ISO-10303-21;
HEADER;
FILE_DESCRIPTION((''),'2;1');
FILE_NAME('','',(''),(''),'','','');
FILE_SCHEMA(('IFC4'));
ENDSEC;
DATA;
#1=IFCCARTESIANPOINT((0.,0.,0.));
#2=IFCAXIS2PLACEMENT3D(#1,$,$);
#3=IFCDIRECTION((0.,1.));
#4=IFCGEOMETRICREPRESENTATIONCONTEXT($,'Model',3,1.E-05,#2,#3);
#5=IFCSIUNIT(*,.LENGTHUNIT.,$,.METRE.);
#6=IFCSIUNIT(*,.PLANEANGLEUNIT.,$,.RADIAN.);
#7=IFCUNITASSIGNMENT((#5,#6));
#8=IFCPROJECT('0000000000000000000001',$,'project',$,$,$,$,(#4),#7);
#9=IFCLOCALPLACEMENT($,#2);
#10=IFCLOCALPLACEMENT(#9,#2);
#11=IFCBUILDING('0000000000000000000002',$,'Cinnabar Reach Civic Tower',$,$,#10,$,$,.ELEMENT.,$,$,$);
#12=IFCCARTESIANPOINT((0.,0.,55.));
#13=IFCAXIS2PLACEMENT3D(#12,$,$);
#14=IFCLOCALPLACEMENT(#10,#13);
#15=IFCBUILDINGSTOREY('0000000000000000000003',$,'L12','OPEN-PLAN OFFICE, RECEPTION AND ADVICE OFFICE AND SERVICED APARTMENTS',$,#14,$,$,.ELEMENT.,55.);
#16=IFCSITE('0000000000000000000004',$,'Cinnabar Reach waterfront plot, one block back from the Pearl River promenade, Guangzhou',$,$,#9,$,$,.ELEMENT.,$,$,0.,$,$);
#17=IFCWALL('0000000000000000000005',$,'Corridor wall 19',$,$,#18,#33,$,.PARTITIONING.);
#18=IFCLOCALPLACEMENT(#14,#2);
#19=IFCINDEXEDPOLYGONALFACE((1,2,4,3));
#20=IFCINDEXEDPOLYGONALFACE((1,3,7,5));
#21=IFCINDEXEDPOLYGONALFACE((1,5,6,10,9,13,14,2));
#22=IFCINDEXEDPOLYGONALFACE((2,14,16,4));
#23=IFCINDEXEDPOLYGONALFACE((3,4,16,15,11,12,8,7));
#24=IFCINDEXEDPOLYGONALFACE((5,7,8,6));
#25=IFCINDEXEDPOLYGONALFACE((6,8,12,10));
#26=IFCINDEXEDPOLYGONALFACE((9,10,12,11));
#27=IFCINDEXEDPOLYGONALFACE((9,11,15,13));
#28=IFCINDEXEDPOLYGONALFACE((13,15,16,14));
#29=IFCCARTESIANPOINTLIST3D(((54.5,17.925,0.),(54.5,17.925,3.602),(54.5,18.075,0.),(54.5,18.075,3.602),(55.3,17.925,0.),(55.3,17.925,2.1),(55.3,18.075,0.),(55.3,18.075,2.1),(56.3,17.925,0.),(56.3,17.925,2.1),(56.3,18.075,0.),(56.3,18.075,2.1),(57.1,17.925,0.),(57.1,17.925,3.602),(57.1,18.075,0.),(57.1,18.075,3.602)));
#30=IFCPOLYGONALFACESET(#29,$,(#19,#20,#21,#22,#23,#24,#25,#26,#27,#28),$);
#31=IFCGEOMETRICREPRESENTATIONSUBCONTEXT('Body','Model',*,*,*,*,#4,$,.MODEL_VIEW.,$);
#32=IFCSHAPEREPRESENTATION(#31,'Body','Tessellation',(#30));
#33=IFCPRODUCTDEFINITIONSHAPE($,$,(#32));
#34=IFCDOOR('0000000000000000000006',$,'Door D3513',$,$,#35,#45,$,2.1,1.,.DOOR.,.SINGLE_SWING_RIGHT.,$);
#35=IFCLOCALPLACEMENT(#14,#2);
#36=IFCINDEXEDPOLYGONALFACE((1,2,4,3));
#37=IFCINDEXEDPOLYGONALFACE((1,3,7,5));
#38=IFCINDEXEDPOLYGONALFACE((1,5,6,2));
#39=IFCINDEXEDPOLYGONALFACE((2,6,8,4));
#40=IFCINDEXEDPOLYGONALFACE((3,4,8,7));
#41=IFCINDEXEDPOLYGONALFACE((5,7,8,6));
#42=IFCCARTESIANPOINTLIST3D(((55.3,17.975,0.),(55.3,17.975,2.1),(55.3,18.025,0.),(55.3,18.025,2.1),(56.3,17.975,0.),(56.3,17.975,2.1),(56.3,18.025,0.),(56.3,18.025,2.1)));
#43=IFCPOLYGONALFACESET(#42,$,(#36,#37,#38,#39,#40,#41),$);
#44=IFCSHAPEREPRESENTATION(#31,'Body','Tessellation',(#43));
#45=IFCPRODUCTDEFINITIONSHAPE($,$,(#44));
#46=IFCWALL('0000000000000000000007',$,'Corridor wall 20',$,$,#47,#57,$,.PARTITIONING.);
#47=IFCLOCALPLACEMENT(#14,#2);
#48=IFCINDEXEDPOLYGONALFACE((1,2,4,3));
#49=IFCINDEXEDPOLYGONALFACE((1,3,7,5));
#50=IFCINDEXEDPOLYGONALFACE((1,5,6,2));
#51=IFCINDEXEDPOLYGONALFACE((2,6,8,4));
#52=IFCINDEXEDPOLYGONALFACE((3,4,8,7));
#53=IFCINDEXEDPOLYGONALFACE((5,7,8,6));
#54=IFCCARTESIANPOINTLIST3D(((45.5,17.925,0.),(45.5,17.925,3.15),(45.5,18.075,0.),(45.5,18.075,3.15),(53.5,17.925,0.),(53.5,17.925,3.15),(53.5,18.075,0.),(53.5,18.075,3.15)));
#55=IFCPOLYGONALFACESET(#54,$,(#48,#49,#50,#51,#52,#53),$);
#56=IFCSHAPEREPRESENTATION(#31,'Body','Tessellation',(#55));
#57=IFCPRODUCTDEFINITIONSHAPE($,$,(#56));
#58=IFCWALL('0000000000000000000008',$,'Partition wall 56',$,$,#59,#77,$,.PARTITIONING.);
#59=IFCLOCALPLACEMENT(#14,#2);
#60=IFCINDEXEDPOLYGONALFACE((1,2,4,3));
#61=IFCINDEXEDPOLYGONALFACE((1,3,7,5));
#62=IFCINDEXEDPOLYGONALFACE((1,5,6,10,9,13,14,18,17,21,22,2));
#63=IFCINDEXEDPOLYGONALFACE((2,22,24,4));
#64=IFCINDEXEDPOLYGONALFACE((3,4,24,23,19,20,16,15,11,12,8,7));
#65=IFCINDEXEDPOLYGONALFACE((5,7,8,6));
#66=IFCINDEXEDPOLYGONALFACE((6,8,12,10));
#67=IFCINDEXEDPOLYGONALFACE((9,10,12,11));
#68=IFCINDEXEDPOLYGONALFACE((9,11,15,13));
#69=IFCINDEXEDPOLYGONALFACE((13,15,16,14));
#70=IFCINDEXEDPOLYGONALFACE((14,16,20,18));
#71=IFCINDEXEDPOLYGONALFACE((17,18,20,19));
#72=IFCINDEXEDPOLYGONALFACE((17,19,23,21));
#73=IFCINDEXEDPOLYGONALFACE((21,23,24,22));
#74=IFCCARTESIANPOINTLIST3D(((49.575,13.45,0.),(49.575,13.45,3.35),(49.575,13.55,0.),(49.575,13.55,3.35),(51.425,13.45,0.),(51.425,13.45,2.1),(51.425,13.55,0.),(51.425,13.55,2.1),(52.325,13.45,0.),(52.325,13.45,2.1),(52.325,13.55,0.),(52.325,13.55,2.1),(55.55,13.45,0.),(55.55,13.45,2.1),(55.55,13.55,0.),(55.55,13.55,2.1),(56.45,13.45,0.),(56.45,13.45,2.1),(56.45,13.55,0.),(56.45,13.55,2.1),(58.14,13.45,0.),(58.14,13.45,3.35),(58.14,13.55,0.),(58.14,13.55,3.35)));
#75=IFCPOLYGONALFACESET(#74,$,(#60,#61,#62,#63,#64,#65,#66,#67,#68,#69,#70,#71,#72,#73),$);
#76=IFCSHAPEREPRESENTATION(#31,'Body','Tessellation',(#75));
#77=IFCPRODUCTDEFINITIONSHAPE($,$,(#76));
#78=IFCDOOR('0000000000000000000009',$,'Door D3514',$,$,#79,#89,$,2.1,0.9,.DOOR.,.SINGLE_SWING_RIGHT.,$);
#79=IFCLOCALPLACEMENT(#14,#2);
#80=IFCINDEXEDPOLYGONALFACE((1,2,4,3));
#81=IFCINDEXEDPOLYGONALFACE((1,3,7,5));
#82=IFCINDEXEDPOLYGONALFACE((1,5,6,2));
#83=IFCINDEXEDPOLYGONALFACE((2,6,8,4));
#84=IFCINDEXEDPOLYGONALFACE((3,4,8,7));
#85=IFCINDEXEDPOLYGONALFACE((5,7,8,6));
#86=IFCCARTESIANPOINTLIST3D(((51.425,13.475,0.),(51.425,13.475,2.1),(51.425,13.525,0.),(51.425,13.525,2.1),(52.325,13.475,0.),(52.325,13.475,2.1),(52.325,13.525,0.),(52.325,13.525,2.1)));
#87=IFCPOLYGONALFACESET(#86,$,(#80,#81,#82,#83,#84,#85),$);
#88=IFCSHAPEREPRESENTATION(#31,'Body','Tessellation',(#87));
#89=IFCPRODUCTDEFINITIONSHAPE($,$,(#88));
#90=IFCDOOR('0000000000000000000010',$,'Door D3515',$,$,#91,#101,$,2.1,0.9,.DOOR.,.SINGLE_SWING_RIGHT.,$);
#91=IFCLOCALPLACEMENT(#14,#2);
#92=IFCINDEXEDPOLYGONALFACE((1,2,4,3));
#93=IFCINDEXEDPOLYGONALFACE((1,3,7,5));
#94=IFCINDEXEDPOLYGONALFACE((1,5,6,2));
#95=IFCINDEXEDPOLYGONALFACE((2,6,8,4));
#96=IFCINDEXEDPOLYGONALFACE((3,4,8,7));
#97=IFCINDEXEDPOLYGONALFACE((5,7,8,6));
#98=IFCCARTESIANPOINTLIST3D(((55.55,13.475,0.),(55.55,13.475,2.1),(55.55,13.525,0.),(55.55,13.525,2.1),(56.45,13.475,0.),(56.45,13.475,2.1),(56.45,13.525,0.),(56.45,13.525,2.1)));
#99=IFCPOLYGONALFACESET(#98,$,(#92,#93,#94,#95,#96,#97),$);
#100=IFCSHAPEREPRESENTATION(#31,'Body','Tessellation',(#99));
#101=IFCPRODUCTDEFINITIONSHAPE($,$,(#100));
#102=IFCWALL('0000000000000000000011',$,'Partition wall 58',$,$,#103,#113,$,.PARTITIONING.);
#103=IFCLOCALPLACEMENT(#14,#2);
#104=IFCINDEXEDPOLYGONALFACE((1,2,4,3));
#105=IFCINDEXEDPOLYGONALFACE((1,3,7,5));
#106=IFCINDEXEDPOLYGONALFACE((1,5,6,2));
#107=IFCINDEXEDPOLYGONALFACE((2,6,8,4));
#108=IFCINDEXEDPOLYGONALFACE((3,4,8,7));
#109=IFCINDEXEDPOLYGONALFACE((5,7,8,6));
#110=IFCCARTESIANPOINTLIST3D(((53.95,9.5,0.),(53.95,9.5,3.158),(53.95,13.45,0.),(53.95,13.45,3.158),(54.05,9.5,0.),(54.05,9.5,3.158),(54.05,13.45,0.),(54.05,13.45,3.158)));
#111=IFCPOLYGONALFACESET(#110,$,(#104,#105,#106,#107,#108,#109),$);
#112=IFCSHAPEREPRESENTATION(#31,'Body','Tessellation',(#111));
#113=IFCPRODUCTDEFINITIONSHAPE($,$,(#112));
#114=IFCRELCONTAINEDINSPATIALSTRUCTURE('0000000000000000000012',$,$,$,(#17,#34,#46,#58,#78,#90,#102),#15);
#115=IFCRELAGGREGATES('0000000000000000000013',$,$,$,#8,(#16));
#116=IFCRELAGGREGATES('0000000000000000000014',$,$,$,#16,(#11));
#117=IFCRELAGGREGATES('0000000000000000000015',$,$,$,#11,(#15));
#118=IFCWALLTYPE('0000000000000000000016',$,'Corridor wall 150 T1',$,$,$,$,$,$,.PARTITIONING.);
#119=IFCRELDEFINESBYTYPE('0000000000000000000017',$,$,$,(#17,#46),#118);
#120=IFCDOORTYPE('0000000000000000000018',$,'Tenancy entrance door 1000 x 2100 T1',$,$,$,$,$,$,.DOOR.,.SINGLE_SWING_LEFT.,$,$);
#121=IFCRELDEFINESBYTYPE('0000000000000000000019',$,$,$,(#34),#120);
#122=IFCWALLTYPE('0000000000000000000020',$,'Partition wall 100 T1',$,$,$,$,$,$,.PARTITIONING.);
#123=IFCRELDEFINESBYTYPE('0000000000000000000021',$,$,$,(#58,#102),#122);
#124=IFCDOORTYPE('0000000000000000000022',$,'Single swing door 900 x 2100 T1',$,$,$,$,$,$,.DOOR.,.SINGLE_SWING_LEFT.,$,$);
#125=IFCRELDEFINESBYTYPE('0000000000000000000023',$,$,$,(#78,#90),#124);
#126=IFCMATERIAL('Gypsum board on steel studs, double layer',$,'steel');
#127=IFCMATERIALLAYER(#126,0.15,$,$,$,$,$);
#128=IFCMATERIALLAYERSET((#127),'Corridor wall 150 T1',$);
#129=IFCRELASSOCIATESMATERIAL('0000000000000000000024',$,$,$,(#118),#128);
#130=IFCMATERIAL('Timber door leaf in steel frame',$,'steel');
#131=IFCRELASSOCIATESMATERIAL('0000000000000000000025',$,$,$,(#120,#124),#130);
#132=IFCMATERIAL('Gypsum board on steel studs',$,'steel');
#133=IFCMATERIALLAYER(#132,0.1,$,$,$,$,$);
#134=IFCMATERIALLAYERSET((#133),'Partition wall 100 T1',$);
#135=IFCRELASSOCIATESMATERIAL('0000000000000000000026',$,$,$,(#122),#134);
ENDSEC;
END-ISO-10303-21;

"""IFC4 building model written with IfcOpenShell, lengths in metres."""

from ifc_helpers import new_model, si_unit, direction, frame, frame_2d, origin, place, context, subcontext, project, spatial, rectangle, extrude, material, layer, layer_set, type_object, element, fill, save


model = new_model("IFC4")

# Units and contexts
model_context = context("Model", 3, precision=1e-05, world=origin(), true_north=direction((0.0, 1.0)))
body_context = subcontext(model_context, "Body", "Model", "MODEL_VIEW")
ifc_project = project(units=[si_unit("LENGTHUNIT", "METRE"), si_unit("PLANEANGLEUNIT", "RADIAN")], contexts=[model_context])

# Site, building, storey
site_placement = place(None, origin())
site = spatial("IfcSite", under=ifc_project, at=site_placement, Name="Cinnabar Reach waterfront plot, one block back from the Pearl River promenade, Guangzhou", CompositionType="ELEMENT", RefElevation=0.0)
building_placement = place(site_placement, origin())
building = spatial("IfcBuilding", under=site, at=building_placement, Name="Cinnabar Reach Civic Tower", CompositionType="ELEMENT")
storey_placement = place(building_placement, frame((0.0, 0.0, 55.0)))
storey = spatial("IfcBuildingStorey", under=building, at=storey_placement, Name="L12", Description="OPEN-PLAN OFFICE, RECEPTION AND ADVICE OFFICE AND SERVICED APARTMENTS", CompositionType="ELEMENT", Elevation=55.0)

# Wall, opening, door
ifc_material_1 = material(Name="Gypsum board on steel studs, double layer", Category="steel")
ifc_layer_1 = layer(ifc_material_1, 0.15)
ifc_layer_set_1 = layer_set([ifc_layer_1], Name="Corridor wall 150 T1")
wall_type_1 = type_object("IfcWallType", Name="Corridor wall 150 T1", PredefinedType="PARTITIONING", material=ifc_layer_set_1)
wall_1_placement = place(storey_placement, frame((54.5, 18.0, 0.0), z_axis=(0.0, 0.0, 1.0), x_axis=(1.0, 0.0, 0.0)))
wall_1 = element("IfcWall", 1, at=wall_1_placement, inside=storey, type_object=wall_type_1, Name="Corridor wall 19", PredefinedType="PARTITIONING", context=body_context, shape_type="SweptSolid", body=[
    extrude(rectangle(XDim=2.6, YDim=0.15, at=frame_2d((1.3, 0.0))), origin(), (0.0, 0.0, 1.0), 3.602),
])
opening_1_placement = place(wall_1_placement, frame((0.8, 0.0, 0.0)))
opening_1 = element("IfcOpeningElement", 2, at=opening_1_placement, cuts=wall_1, PredefinedType="OPENING", context=body_context, shape_type="SweptSolid", body=[
    extrude(rectangle(XDim=1.0, YDim=2.1, at=frame_2d((0.5, 1.05))), frame((0.0, 0.085, 0.0), z_axis=(0.0, -1.0, 0.0), x_axis=(1.0, 0.0, 0.0)), (0.0, 0.0, 1.0), 0.17),
])
ifc_material_2 = material(Name="Timber door leaf in steel frame", Category="steel")
door_type_1 = type_object("IfcDoorType", Name="Tenancy entrance door 1000 x 2100 T1", OperationType="SINGLE_SWING_LEFT", PredefinedType="DOOR", material=ifc_material_2)
door_1_placement = place(opening_1_placement, frame((1.0, 0.0, 0.0), z_axis=(0.0, 0.0, 1.0), x_axis=(-1.0, 0.0, 0.0)))
door_1 = element("IfcDoor", 3, at=door_1_placement, inside=storey, type_object=door_type_1, Name="Door D3513", OperationType="SINGLE_SWING_RIGHT", OverallHeight=2.1, OverallWidth=1.0, PredefinedType="DOOR", context=body_context, shape_type="SweptSolid", body=[
    extrude(rectangle(XDim=1.0, YDim=2.1, at=frame_2d((0.5, 1.05))), frame((0.0, 0.025, 0.0), z_axis=(0.0, -1.0, 0.0), x_axis=(1.0, 0.0, 0.0)), (0.0, 0.0, 1.0), 0.05),
])
fill(opening_1, door_1)

# Wall
wall_2_placement = place(storey_placement, frame((45.5, 18.0, 0.0), z_axis=(0.0, 0.0, 1.0), x_axis=(1.0, 0.0, 0.0)))
element("IfcWall", 4, at=wall_2_placement, inside=storey, type_object=wall_type_1, Name="Corridor wall 20", PredefinedType="PARTITIONING", context=body_context, shape_type="SweptSolid", body=[
    extrude(rectangle(XDim=8.0, YDim=0.15, at=frame_2d((4.0, 0.0))), origin(), (0.0, 0.0, 1.0), 3.15),
])

# Wall, openings, doors
ifc_material_3 = material(Name="Gypsum board on steel studs", Category="steel")
ifc_layer_2 = layer(ifc_material_3, 0.1)
ifc_layer_set_2 = layer_set([ifc_layer_2], Name="Partition wall 100 T1")
wall_type_2 = type_object("IfcWallType", Name="Partition wall 100 T1", PredefinedType="PARTITIONING", material=ifc_layer_set_2)
wall_3_placement = place(storey_placement, frame((49.575, 13.5, 0.0), z_axis=(0.0, 0.0, 1.0), x_axis=(1.0, 0.0, 0.0)))
wall_3 = element("IfcWall", 5, at=wall_3_placement, inside=storey, type_object=wall_type_2, Name="Partition wall 56", PredefinedType="PARTITIONING", context=body_context, shape_type="SweptSolid", body=[
    extrude(rectangle(XDim=8.565, YDim=0.1, at=frame_2d((4.2825, 0.0))), origin(), (0.0, 0.0, 1.0), 3.35),
])
opening_2_placement = place(wall_3_placement, frame((1.85, 0.0, 0.0)))
opening_2 = element("IfcOpeningElement", 6, at=opening_2_placement, cuts=wall_3, PredefinedType="OPENING", context=body_context, shape_type="SweptSolid", body=[
    extrude(rectangle(XDim=0.9, YDim=2.1, at=frame_2d((0.45, 1.05))), frame((0.0, 0.06, 0.0), z_axis=(0.0, -1.0, 0.0), x_axis=(1.0, 0.0, 0.0)), (0.0, 0.0, 1.0), 0.12),
])
opening_3_placement = place(wall_3_placement, frame((5.975, 0.0, 0.0)))
opening_3 = element("IfcOpeningElement", 7, at=opening_3_placement, cuts=wall_3, PredefinedType="OPENING", context=body_context, shape_type="SweptSolid", body=[
    extrude(rectangle(XDim=0.9, YDim=2.1, at=frame_2d((0.45, 1.05))), frame((0.0, 0.06, 0.0), z_axis=(0.0, -1.0, 0.0), x_axis=(1.0, 0.0, 0.0)), (0.0, 0.0, 1.0), 0.12),
])
door_type_2 = type_object("IfcDoorType", Name="Single swing door 900 x 2100 T1", OperationType="SINGLE_SWING_LEFT", PredefinedType="DOOR", material=ifc_material_2)
door_2_placement = place(opening_2_placement, origin())
door_2 = element("IfcDoor", 8, at=door_2_placement, inside=storey, type_object=door_type_2, Name="Door D3514", OperationType="SINGLE_SWING_RIGHT", OverallHeight=2.1, OverallWidth=0.9, PredefinedType="DOOR", context=body_context, shape_type="SweptSolid", body=[
    extrude(rectangle(XDim=0.9, YDim=2.1, at=frame_2d((0.45, 1.05))), frame((0.0, 0.025, 0.0), z_axis=(0.0, -1.0, 0.0), x_axis=(1.0, 0.0, 0.0)), (0.0, 0.0, 1.0), 0.05),
])
fill(opening_2, door_2)
door_3_placement = place(opening_3_placement, frame((0.9, 0.0, 0.0), z_axis=(0.0, 0.0, 1.0), x_axis=(-1.0, 0.0, 0.0)))
door_3 = element("IfcDoor", 9, at=door_3_placement, inside=storey, type_object=door_type_2, Name="Door D3515", OperationType="SINGLE_SWING_RIGHT", OverallHeight=2.1, OverallWidth=0.9, PredefinedType="DOOR", context=body_context, shape_type="SweptSolid", body=[
    extrude(rectangle(XDim=0.9, YDim=2.1, at=frame_2d((0.45, 1.05))), frame((0.0, 0.025, 0.0), z_axis=(0.0, -1.0, 0.0), x_axis=(1.0, 0.0, 0.0)), (0.0, 0.0, 1.0), 0.05),
])
fill(opening_3, door_3)

# Wall
wall_4_placement = place(storey_placement, frame((54.0, 9.5, 0.0), z_axis=(0.0, 0.0, 1.0), x_axis=(0.0, 1.0, 0.0)))
element("IfcWall", 10, at=wall_4_placement, inside=storey, type_object=wall_type_2, Name="Partition wall 58", PredefinedType="PARTITIONING", context=body_context, shape_type="SweptSolid", body=[
    extrude(rectangle(XDim=3.95, YDim=0.1, at=frame_2d((1.975, 0.0))), origin(), (0.0, 0.0, 1.0), 3.158),
])

save(model, "model.ifc")
